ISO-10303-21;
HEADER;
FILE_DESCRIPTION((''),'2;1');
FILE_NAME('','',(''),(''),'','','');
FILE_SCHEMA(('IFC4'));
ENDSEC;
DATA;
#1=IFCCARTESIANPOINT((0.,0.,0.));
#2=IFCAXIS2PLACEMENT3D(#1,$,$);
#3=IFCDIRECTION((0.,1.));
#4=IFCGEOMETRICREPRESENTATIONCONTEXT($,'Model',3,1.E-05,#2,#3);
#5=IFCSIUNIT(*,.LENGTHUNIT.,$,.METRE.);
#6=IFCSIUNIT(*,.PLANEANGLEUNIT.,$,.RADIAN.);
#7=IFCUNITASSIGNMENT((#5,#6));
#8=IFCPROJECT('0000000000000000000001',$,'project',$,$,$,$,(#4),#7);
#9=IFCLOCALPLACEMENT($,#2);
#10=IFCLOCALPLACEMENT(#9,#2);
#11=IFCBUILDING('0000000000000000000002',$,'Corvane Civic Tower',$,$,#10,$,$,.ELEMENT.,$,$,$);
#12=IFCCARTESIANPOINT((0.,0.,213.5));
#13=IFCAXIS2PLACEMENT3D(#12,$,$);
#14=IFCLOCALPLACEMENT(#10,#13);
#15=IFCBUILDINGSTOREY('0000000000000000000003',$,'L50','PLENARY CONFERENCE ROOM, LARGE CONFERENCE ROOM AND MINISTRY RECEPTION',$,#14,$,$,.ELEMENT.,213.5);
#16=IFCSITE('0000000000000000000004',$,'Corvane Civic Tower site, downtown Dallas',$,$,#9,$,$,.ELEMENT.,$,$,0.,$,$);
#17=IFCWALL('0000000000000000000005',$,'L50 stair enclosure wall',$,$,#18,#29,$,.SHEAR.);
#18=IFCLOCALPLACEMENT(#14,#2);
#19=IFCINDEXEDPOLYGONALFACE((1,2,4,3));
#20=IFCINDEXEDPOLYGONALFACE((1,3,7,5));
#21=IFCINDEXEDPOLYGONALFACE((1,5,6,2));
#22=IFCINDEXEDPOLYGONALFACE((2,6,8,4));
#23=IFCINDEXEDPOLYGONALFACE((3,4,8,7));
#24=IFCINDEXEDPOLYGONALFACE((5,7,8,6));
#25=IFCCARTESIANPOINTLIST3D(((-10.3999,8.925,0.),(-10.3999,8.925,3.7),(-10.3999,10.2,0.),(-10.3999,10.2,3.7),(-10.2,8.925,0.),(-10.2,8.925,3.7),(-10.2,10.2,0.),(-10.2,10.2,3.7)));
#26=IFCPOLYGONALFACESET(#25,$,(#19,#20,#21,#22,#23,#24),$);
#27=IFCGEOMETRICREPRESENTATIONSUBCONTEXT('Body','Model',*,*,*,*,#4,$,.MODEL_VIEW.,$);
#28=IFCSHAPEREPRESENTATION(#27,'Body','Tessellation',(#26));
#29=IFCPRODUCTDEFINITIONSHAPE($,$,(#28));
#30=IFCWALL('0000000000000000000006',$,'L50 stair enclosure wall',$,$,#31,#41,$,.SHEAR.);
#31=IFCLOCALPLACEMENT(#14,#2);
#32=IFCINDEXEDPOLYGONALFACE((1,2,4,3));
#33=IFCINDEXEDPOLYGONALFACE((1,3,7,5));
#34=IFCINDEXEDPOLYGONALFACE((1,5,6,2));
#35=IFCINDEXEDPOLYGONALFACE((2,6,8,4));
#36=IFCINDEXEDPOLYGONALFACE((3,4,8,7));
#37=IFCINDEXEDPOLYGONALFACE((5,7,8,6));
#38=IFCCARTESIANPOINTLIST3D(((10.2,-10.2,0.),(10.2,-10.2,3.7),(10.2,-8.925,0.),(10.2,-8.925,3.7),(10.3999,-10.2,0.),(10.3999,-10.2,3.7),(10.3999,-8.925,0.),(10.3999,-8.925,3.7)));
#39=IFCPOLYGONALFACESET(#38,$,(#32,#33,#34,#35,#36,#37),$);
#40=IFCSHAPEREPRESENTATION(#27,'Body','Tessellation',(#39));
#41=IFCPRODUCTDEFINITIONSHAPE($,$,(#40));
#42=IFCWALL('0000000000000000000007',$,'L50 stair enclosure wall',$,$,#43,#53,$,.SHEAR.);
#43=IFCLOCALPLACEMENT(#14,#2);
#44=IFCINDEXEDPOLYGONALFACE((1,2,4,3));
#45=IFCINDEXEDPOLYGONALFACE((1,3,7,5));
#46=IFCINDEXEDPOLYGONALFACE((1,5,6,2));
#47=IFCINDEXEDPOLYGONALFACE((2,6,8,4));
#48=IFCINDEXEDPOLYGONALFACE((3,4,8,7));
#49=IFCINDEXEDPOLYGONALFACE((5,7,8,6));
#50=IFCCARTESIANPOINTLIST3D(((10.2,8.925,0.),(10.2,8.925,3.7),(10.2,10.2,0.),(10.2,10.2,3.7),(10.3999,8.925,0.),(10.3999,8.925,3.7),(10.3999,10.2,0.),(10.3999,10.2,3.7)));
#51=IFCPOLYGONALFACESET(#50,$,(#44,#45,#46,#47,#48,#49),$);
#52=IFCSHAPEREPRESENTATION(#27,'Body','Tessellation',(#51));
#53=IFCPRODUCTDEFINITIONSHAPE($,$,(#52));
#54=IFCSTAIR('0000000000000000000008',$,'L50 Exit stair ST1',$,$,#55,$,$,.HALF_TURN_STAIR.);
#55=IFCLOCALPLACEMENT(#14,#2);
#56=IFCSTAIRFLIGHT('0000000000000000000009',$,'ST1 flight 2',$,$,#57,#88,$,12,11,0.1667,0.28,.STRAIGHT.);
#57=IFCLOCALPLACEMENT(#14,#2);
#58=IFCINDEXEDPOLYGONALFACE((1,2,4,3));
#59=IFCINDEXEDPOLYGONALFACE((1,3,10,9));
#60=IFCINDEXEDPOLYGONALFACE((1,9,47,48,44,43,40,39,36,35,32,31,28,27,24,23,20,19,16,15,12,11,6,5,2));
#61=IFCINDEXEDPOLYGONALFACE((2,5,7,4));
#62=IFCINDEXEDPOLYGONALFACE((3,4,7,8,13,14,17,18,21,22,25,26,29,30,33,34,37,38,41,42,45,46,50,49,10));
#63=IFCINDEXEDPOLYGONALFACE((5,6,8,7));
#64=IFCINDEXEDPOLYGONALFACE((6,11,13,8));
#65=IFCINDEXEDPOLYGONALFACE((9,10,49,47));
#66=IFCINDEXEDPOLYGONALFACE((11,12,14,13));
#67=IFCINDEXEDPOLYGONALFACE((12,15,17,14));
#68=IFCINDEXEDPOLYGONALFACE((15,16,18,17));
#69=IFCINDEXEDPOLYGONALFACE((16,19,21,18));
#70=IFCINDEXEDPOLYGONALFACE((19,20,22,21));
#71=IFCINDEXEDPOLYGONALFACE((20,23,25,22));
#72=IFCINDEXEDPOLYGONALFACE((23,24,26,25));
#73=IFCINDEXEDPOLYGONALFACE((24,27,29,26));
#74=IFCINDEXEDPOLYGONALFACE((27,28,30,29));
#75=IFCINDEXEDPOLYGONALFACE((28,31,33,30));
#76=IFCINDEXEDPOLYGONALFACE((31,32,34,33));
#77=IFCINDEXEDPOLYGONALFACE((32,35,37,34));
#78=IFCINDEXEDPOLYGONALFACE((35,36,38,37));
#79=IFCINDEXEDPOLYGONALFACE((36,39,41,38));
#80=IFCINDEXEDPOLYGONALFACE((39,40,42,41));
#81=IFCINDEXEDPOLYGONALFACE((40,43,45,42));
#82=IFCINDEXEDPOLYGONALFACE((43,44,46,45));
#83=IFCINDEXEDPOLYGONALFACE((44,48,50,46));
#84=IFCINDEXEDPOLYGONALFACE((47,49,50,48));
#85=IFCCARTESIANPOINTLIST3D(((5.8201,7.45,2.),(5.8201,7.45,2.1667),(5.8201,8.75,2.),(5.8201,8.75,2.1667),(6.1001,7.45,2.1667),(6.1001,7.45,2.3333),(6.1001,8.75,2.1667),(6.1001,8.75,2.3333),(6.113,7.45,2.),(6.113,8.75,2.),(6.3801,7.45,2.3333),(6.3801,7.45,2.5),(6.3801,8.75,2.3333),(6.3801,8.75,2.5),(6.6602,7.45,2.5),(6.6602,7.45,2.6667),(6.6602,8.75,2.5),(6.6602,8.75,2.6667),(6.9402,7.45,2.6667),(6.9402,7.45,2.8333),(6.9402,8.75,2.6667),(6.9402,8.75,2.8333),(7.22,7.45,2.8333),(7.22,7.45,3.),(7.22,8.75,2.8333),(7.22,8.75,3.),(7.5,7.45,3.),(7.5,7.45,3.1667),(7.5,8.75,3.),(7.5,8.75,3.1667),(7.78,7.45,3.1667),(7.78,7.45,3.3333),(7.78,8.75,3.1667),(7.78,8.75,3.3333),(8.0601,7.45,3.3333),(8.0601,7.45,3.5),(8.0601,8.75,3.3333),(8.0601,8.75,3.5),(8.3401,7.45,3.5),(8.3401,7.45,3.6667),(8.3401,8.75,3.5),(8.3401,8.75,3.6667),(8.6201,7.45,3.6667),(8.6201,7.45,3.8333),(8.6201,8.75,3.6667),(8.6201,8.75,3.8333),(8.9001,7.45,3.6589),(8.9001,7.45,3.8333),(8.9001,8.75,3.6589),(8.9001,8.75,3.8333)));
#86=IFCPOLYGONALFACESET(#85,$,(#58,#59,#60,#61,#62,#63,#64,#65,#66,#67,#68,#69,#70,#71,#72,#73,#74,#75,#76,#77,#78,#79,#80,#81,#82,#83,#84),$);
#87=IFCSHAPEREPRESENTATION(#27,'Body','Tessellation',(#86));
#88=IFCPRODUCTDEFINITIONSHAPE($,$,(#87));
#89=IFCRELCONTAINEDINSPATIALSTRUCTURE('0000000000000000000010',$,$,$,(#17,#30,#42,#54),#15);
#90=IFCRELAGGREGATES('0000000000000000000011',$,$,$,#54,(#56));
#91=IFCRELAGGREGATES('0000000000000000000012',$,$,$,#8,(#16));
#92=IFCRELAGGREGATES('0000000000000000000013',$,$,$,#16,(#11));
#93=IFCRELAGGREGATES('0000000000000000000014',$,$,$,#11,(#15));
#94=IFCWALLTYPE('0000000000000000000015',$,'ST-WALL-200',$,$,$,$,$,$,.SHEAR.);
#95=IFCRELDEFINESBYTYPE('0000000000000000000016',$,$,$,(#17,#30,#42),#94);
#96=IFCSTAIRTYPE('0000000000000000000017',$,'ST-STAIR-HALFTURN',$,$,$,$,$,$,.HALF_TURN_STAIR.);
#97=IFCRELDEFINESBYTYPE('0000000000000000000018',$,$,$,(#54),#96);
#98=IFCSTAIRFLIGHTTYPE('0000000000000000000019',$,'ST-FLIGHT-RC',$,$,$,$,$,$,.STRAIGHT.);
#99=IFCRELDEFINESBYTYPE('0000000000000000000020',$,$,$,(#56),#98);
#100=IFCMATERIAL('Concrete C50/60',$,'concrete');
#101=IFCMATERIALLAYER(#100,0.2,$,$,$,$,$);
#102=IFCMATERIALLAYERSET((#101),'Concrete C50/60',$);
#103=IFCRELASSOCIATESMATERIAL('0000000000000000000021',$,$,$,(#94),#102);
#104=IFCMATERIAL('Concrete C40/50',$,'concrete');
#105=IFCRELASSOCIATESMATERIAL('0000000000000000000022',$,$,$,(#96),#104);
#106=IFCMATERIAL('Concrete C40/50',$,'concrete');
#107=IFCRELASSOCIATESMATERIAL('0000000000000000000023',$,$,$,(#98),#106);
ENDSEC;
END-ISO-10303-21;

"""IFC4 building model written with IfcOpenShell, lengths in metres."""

from ifc_helpers import new_model, si_unit, direction, frame, origin, place, context, subcontext, project, spatial, polyline, outline, extrude, material, layer, layer_set, type_object, element, aggregate, save


model = new_model("IFC4")

# Units and contexts
model_context = context("Model", 3, precision=1e-05, world=origin(), true_north=direction((0.0, 1.0)))
body_context = subcontext(model_context, "Body", "Model", "MODEL_VIEW")
ifc_project = project(units=[si_unit("LENGTHUNIT", "METRE"), si_unit("PLANEANGLEUNIT", "RADIAN")], contexts=[model_context])

# Site, building, storey
site_placement = place(None, origin())
site = spatial("IfcSite", under=ifc_project, at=site_placement, Name="Corvane Civic Tower site, downtown Dallas", CompositionType="ELEMENT", RefElevation=0.0)
building_placement = place(site_placement, origin())
building = spatial("IfcBuilding", under=site, at=building_placement, Name="Corvane Civic Tower", CompositionType="ELEMENT")
storey_placement = place(building_placement, frame((0.0, 0.0, 213.5)))
storey = spatial("IfcBuildingStorey", under=building, at=storey_placement, Name="L50", Description="PLENARY CONFERENCE ROOM, LARGE CONFERENCE ROOM AND MINISTRY RECEPTION", CompositionType="ELEMENT", Elevation=213.5)

# Shared definitions
ifc_material_1 = material(Name="Concrete C50/60", Category="concrete")
ifc_layer_1 = layer(ifc_material_1, 0.2)
ifc_layer_set_1 = layer_set([ifc_layer_1], Name="Concrete C50/60")
wall_type_1 = type_object("IfcWallType", Name="ST-WALL-200", PredefinedType="SHEAR", material=ifc_layer_set_1)

# Walls
wall_1_placement = place(storey_placement, origin())
element("IfcWall", 1, at=wall_1_placement, inside=storey, type_object=wall_type_1, Name="L50 stair enclosure wall", PredefinedType="SHEAR", context=body_context, shape_type="SweptSolid", body=[
    extrude(outline(polyline([(-10.2, 8.925), (-10.3999, 8.925), (-10.3999, 10.2), (-10.2, 10.2), (-10.2, 8.925)])), origin(), (0.0, 0.0, 1.0), 3.7),
])
wall_2_placement = place(storey_placement, origin())
element("IfcWall", 2, at=wall_2_placement, inside=storey, type_object=wall_type_1, Name="L50 stair enclosure wall", PredefinedType="SHEAR", context=body_context, shape_type="SweptSolid", body=[
    extrude(outline(polyline([(10.3999, -8.925), (10.3999, -10.2), (10.2, -10.2), (10.2, -8.925), (10.3999, -8.925)])), origin(), (0.0, 0.0, 1.0), 3.7),
])
wall_3_placement = place(storey_placement, origin())
element("IfcWall", 3, at=wall_3_placement, inside=storey, type_object=wall_type_1, Name="L50 stair enclosure wall", PredefinedType="SHEAR", context=body_context, shape_type="SweptSolid", body=[
    extrude(outline(polyline([(10.3999, 8.925), (10.2, 8.925), (10.2, 10.2), (10.3999, 10.2), (10.3999, 8.925)])), origin(), (0.0, 0.0, 1.0), 3.7),
])

# Stair, stair flight
ifc_material_2 = material(Name="Concrete C40/50", Category="concrete")
stair_type = type_object("IfcStairType", Name="ST-STAIR-HALFTURN", PredefinedType="HALF_TURN_STAIR", material=ifc_material_2)
stair_placement = place(storey_placement, origin())
stair = element("IfcStair", 4, at=stair_placement, inside=storey, type_object=stair_type, Name="L50 Exit stair ST1", PredefinedType="HALF_TURN_STAIR")
ifc_material_3 = material(Name="Concrete C40/50", Category="concrete")
stair_flight_type = type_object("IfcStairFlightType", Name="ST-FLIGHT-RC", PredefinedType="STRAIGHT", material=ifc_material_3)
stair_flight_placement = place(storey_placement, frame((5.8201, 8.1001, 2.0), z_axis=(0.0, 0.0, 1.0), x_axis=(1.0, 0.0, 0.0)))
stair_flight = element("IfcStairFlight", 5, at=stair_flight_placement, type_object=stair_flight_type, Name="ST1 flight 2", NumberOfRisers=12, NumberOfTreads=11, PredefinedType="STRAIGHT", RiserHeight=0.1667, TreadLength=0.28, context=body_context, shape_type="SweptSolid", body=[
    extrude(outline(polyline([(0.0, 0.0), (0.0, 0.1667), (0.28, 0.1667), (0.28, 0.3333), (0.5601, 0.3333), (0.5601, 0.5), (0.8401, 0.5), (0.8401, 0.6667), (1.1201, 0.6667), (1.1201, 0.8333), (1.3999, 0.8333), (1.3999, 1.0), (1.6799, 1.0), (1.6799, 1.1667), (1.96, 1.1667), (1.96, 1.3333), (2.24, 1.3333), (2.24, 1.5), (2.52, 1.5), (2.52, 1.6667), (2.8, 1.6667), (2.8, 1.8333), (3.0801, 1.8333), (3.0801, 2.0), (3.0801, 1.6589), (0.293, 0.0), (0.0, 0.0)])), frame((0.0, 0.6499, 0.0), z_axis=(0.0, -1.0, 0.0), x_axis=(1.0, 0.0, 0.0)), (0.0, 0.0, 1.0), 1.3),
])
aggregate(stair, [stair_flight])

save(model, "model.ifc")
